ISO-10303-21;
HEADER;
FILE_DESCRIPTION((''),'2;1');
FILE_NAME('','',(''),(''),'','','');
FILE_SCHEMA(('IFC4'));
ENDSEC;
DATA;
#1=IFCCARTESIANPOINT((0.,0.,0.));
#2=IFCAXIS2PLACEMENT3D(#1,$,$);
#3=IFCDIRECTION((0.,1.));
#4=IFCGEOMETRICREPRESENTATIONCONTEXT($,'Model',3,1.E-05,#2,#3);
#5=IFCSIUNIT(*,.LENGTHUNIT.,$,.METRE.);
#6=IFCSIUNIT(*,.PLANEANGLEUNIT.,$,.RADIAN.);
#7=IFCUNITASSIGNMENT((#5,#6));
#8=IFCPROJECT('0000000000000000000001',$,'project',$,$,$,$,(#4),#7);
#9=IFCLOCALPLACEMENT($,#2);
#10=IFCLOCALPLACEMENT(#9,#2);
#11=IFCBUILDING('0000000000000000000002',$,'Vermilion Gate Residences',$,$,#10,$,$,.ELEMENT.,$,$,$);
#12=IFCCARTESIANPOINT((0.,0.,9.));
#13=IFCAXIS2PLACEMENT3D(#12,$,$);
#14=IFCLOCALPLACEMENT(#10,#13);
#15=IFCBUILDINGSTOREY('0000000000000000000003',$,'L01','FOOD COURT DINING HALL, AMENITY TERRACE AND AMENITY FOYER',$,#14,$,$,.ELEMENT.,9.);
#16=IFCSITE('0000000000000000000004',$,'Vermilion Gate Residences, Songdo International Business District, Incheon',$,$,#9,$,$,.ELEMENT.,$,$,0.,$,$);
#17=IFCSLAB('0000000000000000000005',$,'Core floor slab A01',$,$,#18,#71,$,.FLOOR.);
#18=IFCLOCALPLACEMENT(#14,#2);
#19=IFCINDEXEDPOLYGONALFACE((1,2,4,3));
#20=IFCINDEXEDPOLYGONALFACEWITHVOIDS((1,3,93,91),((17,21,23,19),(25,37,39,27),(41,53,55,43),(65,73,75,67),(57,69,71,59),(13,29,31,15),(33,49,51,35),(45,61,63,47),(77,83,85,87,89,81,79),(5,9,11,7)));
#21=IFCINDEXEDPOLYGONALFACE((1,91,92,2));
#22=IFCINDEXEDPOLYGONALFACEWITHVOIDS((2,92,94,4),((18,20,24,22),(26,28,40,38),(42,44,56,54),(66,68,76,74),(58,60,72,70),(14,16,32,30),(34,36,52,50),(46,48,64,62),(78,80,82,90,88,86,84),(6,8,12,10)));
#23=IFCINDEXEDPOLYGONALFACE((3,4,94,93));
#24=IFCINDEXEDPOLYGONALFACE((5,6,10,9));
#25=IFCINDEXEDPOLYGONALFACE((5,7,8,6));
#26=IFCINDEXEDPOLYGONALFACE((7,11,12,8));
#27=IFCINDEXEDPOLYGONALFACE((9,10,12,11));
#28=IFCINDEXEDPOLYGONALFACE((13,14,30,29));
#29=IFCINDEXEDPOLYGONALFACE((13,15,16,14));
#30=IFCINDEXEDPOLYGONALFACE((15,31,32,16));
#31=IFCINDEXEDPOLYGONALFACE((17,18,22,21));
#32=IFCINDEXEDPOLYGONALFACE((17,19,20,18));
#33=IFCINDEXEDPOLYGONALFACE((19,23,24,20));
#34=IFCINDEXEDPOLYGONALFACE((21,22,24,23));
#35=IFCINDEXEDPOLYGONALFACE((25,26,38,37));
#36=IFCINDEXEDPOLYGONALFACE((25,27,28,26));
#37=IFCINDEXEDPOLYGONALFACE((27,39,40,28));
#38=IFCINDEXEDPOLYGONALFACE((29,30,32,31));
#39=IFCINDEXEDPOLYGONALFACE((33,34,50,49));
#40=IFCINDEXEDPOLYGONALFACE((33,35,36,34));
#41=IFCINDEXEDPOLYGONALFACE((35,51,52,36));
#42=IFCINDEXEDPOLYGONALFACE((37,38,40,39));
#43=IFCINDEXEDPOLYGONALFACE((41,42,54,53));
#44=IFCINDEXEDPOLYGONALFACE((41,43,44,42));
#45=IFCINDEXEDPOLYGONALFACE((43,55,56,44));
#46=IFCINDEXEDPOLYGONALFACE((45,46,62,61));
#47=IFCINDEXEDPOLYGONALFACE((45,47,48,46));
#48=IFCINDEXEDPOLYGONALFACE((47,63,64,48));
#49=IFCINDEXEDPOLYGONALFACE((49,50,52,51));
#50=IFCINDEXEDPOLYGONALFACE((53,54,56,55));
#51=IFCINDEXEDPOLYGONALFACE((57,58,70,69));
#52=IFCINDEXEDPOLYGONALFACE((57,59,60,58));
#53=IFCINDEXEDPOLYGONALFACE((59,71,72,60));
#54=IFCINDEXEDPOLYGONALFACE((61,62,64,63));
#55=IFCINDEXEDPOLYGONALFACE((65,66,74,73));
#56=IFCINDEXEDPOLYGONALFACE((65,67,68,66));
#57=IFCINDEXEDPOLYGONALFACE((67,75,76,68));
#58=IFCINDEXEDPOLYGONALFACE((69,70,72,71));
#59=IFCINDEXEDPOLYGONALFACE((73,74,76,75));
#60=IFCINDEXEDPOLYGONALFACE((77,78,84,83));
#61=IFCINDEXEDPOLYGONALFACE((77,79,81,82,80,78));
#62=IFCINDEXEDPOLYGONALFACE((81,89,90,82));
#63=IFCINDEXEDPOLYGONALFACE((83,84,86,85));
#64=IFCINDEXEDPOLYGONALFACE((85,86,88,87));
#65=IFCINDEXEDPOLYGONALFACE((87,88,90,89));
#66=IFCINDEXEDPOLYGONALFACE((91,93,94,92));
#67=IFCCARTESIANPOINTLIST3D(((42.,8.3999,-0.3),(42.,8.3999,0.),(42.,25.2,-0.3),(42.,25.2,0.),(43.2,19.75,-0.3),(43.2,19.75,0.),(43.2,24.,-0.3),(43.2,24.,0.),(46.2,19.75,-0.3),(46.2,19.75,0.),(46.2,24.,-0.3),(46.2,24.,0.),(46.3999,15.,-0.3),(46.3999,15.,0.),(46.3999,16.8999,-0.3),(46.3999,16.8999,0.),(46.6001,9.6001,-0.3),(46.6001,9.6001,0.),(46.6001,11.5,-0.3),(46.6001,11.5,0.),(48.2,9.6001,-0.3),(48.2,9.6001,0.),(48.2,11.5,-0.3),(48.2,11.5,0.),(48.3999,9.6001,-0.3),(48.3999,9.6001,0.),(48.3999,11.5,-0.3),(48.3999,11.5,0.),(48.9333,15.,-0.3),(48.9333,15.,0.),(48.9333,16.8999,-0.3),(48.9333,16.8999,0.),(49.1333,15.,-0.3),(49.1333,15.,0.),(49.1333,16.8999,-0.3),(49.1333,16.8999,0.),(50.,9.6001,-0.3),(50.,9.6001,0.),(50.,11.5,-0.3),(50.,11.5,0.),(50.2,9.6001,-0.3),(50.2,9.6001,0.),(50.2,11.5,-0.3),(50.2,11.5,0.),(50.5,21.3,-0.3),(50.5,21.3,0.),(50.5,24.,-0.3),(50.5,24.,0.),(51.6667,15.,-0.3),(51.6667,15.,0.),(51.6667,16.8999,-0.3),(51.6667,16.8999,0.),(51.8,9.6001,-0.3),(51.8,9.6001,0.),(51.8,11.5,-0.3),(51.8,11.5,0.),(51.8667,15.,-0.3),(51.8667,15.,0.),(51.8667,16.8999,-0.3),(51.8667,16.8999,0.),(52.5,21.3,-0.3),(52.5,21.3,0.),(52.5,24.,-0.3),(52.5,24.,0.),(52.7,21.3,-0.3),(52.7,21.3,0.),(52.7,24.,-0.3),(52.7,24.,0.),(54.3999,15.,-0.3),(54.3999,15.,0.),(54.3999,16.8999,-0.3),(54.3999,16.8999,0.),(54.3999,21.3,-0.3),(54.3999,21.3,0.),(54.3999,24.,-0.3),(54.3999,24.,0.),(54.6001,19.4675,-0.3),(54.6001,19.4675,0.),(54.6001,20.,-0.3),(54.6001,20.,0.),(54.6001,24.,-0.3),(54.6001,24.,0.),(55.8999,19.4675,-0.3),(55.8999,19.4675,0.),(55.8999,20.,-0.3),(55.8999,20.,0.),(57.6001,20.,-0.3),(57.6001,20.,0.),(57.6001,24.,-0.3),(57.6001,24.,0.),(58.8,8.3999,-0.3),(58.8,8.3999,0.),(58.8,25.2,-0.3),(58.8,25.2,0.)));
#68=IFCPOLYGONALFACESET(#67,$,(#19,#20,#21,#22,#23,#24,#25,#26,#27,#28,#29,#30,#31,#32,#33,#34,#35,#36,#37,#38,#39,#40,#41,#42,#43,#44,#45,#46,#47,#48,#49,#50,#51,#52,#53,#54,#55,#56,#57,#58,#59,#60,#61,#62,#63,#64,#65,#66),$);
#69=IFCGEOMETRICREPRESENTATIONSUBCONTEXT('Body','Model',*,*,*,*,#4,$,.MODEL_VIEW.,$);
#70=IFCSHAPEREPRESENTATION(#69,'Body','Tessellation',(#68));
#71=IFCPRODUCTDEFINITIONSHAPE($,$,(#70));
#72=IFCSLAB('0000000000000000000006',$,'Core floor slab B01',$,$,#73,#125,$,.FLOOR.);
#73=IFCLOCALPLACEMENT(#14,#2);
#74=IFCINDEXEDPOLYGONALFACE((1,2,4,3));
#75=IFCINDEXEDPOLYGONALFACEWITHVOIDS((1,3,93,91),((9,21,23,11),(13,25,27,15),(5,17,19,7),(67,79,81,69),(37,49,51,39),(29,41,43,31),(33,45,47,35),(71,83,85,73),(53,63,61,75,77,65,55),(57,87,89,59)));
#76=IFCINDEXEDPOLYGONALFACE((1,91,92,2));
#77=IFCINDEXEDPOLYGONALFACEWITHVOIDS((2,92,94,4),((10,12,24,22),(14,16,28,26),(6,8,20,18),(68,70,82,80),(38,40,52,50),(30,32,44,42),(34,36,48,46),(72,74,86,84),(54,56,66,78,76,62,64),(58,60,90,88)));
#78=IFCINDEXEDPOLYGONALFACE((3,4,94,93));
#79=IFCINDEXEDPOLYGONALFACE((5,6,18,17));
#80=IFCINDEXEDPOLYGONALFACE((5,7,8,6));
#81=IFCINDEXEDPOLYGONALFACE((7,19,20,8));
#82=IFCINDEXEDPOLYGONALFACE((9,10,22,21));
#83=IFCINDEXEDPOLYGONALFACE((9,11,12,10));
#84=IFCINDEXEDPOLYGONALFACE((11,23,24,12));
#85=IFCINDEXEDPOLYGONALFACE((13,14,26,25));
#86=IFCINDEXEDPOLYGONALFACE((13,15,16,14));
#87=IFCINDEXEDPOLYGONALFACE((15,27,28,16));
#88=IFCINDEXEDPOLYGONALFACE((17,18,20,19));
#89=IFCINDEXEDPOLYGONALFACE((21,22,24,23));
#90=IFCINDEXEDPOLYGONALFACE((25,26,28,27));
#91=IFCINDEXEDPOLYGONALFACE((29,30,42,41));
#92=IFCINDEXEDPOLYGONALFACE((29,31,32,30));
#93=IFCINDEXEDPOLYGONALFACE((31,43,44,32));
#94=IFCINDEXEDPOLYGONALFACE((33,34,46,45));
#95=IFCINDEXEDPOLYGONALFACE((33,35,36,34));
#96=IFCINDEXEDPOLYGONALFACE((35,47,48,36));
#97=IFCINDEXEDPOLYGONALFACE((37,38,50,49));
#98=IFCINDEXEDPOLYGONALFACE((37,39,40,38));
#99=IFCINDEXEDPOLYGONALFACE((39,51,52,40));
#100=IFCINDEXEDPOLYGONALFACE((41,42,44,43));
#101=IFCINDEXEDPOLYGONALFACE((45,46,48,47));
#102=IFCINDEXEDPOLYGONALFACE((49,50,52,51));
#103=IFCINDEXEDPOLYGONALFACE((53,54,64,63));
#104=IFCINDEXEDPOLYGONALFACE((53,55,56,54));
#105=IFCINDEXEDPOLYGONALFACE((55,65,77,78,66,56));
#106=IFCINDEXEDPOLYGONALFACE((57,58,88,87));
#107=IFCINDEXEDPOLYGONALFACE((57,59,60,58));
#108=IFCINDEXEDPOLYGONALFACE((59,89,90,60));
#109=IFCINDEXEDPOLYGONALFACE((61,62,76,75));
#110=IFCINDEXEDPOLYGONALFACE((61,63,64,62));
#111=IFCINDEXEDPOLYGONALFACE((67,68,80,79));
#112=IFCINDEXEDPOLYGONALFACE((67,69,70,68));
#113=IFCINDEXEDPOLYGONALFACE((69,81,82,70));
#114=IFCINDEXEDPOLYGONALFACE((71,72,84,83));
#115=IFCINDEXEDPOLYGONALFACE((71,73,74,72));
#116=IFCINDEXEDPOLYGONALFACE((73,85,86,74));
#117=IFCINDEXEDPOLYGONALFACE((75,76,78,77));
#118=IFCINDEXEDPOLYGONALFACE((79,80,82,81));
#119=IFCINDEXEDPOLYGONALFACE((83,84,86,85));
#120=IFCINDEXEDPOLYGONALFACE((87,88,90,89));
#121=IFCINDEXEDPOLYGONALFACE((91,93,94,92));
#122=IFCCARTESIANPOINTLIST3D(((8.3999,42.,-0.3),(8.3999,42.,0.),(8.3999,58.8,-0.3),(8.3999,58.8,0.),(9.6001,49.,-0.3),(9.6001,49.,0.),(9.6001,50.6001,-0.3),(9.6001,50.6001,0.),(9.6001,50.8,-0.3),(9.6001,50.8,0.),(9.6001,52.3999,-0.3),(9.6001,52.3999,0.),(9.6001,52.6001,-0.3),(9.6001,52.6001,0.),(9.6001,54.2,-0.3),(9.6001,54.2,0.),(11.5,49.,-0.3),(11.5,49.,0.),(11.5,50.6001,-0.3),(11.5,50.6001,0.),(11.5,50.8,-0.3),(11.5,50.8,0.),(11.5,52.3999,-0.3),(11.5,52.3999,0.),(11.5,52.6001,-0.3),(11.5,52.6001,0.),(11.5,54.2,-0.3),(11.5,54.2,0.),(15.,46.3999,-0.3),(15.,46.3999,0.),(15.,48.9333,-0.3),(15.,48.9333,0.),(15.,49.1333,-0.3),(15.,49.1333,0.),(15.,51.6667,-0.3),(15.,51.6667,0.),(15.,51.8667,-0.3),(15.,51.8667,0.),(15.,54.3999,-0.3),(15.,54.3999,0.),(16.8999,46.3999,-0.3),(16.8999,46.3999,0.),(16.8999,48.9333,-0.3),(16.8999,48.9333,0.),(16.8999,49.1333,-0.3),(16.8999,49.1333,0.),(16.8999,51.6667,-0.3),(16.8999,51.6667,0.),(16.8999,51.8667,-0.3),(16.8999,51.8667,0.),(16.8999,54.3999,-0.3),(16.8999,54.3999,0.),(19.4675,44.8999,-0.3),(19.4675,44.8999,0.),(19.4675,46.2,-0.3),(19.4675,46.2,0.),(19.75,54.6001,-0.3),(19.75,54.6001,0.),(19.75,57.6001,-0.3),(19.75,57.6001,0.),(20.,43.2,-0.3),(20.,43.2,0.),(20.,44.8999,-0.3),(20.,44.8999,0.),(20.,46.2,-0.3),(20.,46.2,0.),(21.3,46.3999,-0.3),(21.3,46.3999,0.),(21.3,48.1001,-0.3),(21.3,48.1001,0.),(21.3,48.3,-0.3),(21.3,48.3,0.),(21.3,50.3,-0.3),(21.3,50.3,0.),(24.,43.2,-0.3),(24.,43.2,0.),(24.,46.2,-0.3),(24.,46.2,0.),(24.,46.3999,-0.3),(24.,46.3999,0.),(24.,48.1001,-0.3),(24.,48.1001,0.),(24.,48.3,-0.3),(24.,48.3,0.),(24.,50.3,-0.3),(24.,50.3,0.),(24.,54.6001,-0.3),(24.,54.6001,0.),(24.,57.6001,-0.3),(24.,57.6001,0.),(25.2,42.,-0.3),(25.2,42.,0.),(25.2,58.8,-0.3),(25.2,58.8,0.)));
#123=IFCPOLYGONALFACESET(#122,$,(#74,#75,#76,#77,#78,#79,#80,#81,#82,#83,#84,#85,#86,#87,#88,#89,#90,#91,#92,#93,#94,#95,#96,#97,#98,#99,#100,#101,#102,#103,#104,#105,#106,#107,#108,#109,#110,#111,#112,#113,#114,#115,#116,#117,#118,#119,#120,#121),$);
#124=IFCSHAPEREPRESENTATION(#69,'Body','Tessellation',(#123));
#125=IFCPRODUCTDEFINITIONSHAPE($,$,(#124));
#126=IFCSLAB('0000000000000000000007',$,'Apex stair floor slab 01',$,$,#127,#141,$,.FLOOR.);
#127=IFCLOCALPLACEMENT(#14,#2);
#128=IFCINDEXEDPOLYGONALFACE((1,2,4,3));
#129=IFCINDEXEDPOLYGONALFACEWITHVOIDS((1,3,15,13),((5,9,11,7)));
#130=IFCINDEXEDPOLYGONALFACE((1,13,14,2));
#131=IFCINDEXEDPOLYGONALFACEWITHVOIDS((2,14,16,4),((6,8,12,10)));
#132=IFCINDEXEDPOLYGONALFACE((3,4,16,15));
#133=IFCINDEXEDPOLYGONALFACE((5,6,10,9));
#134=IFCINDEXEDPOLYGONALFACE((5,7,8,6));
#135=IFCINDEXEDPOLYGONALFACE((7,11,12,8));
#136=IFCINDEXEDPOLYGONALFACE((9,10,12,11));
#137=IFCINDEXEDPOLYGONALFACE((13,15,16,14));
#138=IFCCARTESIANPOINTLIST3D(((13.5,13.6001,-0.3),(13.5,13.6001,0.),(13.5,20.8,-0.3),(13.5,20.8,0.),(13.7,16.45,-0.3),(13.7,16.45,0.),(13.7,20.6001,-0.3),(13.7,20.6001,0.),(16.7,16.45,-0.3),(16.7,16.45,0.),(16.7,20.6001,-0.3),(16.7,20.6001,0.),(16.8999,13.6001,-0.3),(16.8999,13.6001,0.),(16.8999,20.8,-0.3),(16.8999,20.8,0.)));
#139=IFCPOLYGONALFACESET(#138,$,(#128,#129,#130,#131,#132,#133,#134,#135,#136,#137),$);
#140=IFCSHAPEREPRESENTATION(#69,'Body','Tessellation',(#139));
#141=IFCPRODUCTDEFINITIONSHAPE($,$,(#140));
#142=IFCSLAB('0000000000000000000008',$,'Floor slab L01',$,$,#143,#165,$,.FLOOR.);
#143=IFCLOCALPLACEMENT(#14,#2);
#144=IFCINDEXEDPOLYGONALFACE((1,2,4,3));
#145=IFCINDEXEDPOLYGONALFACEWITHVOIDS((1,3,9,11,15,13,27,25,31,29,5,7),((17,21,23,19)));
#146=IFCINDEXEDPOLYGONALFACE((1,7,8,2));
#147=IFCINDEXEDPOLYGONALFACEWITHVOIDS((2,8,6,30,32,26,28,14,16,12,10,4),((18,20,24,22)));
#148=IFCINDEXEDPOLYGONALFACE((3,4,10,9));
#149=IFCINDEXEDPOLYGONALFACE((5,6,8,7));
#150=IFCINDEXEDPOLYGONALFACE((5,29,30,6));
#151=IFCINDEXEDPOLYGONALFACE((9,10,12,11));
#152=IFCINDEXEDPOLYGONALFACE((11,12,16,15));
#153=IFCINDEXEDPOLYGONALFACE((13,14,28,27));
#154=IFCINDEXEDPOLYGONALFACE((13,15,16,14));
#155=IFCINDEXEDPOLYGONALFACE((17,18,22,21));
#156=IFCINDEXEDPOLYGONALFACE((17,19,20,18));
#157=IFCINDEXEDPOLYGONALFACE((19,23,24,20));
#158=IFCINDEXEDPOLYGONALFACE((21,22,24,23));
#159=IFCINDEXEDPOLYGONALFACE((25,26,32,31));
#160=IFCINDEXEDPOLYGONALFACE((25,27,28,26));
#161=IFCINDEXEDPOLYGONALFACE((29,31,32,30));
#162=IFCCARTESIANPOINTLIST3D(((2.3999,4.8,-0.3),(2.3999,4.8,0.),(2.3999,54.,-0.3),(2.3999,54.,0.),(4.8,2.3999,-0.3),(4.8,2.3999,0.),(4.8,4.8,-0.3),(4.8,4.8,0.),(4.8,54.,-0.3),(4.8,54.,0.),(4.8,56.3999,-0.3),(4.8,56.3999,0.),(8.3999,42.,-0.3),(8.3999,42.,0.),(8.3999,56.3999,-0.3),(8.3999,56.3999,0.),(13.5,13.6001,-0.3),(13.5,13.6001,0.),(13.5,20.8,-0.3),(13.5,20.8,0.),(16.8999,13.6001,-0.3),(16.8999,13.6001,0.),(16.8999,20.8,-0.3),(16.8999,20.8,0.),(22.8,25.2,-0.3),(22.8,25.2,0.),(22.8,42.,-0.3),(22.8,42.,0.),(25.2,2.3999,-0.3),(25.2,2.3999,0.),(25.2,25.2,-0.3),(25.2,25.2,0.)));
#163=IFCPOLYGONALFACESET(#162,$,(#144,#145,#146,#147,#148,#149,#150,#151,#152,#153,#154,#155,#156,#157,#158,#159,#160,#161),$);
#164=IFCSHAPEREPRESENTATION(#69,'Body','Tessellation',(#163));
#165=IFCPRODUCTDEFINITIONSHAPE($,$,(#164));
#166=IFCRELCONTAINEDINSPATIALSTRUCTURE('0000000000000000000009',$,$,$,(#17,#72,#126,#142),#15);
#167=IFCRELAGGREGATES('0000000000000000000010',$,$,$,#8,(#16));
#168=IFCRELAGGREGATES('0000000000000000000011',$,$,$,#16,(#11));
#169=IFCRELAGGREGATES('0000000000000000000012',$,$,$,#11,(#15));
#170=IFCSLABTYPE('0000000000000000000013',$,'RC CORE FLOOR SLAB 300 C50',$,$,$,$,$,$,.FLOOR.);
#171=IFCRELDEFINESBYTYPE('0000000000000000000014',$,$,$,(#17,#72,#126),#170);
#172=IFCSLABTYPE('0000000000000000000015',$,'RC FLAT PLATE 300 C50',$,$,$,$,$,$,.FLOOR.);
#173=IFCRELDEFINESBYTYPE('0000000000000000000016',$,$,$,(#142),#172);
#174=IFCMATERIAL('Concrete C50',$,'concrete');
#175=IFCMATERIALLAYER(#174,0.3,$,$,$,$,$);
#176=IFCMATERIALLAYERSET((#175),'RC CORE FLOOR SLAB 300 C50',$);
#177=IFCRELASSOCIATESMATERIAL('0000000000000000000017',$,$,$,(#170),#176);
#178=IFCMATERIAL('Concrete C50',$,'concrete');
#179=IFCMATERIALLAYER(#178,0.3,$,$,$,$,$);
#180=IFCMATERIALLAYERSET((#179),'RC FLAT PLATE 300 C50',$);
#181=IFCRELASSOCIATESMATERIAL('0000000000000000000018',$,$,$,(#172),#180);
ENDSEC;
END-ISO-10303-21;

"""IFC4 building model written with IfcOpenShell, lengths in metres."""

from ifc_helpers import new_model, si_unit, direction, frame, origin, place, context, subcontext, project, spatial, polyline, outline, extrude, material, layer, layer_set, type_object, element, save


model = new_model("IFC4")

# Units and contexts
model_context = context("Model", 3, precision=1e-05, world=origin(), true_north=direction((0.0, 1.0)))
body_context = subcontext(model_context, "Body", "Model", "MODEL_VIEW")
ifc_project = project(units=[si_unit("LENGTHUNIT", "METRE"), si_unit("PLANEANGLEUNIT", "RADIAN")], contexts=[model_context])

# Site, building, storey
site_placement = place(None, origin())
site = spatial("IfcSite", under=ifc_project, at=site_placement, Name="Vermilion Gate Residences, Songdo International Business District, Incheon", CompositionType="ELEMENT", RefElevation=0.0)
building_placement = place(site_placement, origin())
building = spatial("IfcBuilding", under=site, at=building_placement, Name="Vermilion Gate Residences", CompositionType="ELEMENT")
storey_placement = place(building_placement, frame((0.0, 0.0, 9.0)))
storey = spatial("IfcBuildingStorey", under=building, at=storey_placement, Name="L01", Description="FOOD COURT DINING HALL, AMENITY TERRACE AND AMENITY FOYER", CompositionType="ELEMENT", Elevation=9.0)

# Slabs
ifc_material_1 = material(Name="Concrete C50", Category="concrete")
ifc_layer_1 = layer(ifc_material_1, 0.3)
ifc_layer_set_1 = layer_set([ifc_layer_1], Name="RC CORE FLOOR SLAB 300 C50")
slab_type_1 = type_object("IfcSlabType", Name="RC CORE FLOOR SLAB 300 C50", PredefinedType="FLOOR", material=ifc_layer_set_1)
slab_1_placement = place(storey_placement, frame((0.0, 0.0, -0.3)))
element("IfcSlab", 1, at=slab_1_placement, inside=storey, type_object=slab_type_1, Name="Core floor slab A01", PredefinedType="FLOOR", context=body_context, shape_type="SweptSolid", body=[
    extrude(outline(polyline([(42.0, 8.3999), (58.8, 8.3999), (58.8, 25.2), (42.0, 25.2), (42.0, 8.3999)]), holes=[polyline([(46.6001, 11.5), (48.2, 11.5), (48.2, 9.6001), (46.6001, 9.6001), (46.6001, 11.5)]), polyline([(48.3999, 11.5), (50.0, 11.5), (50.0, 9.6001), (48.3999, 9.6001), (48.3999, 11.5)]), polyline([(50.2, 11.5), (51.8, 11.5), (51.8, 9.6001), (50.2, 9.6001), (50.2, 11.5)]), polyline([(48.9333, 16.8999), (48.9333, 15.0), (46.3999, 15.0), (46.3999, 16.8999), (48.9333, 16.8999)]), polyline([(51.6667, 16.8999), (51.6667, 15.0), (49.1333, 15.0), (49.1333, 16.8999), (51.6667, 16.8999)]), polyline([(43.2, 24.0), (46.2, 24.0), (46.2, 19.75), (43.2, 19.75), (43.2, 24.0)]), polyline([(54.3999, 16.8999), (54.3999, 15.0), (51.8667, 15.0), (51.8667, 16.8999), (54.3999, 16.8999)]), polyline([(55.8999, 19.4675), (54.6001, 19.4675), (54.6001, 20.0), (54.6001, 24.0), (57.6001, 24.0), (57.6001, 20.0), (55.8999, 20.0), (55.8999, 19.4675)]), polyline([(52.5, 24.0), (52.5, 21.3), (50.5, 21.3), (50.5, 24.0), (52.5, 24.0)]), polyline([(54.3999, 24.0), (54.3999, 21.3), (52.7, 21.3), (52.7, 24.0), (54.3999, 24.0)])]), origin(), (0.0, 0.0, 1.0), 0.3),
])
slab_2_placement = place(storey_placement, frame((0.0, 0.0, -0.3)))
element("IfcSlab", 2, at=slab_2_placement, inside=storey, type_object=slab_type_1, Name="Core floor slab B01", PredefinedType="FLOOR", context=body_context, shape_type="SweptSolid", body=[
    extrude(outline(polyline([(8.3999, 42.0), (25.2, 42.0), (25.2, 58.8), (8.3999, 58.8), (8.3999, 42.0)]), holes=[polyline([(15.0, 48.9333), (16.8999, 48.9333), (16.8999, 46.3999), (15.0, 46.3999), (15.0, 48.9333)]), polyline([(9.6001, 50.6001), (11.5, 50.6001), (11.5, 49.0), (9.6001, 49.0), (9.6001, 50.6001)]), polyline([(15.0, 51.6667), (16.8999, 51.6667), (16.8999, 49.1333), (15.0, 49.1333), (15.0, 51.6667)]), polyline([(11.5, 52.3999), (11.5, 50.8), (9.6001, 50.8), (9.6001, 52.3999), (11.5, 52.3999)]), polyline([(16.8999, 54.3999), (16.8999, 51.8667), (15.0, 51.8667), (15.0, 54.3999), (16.8999, 54.3999)]), polyline([(9.6001, 54.2), (11.5, 54.2), (11.5, 52.6001), (9.6001, 52.6001), (9.6001, 54.2)]), polyline([(20.0, 43.2), (20.0, 44.8999), (19.4675, 44.8999), (19.4675, 46.2), (20.0, 46.2), (24.0, 46.2), (24.0, 43.2), (20.0, 43.2)]), polyline([(21.3, 48.1001), (24.0, 48.1001), (24.0, 46.3999), (21.3, 46.3999), (21.3, 48.1001)]), polyline([(24.0, 50.3), (24.0, 48.3), (21.3, 48.3), (21.3, 50.3), (24.0, 50.3)]), polyline([(24.0, 57.6001), (24.0, 54.6001), (19.75, 54.6001), (19.75, 57.6001), (24.0, 57.6001)])]), origin(), (0.0, 0.0, 1.0), 0.3),
])
slab_3_placement = place(storey_placement, frame((0.0, 0.0, -0.3)))
element("IfcSlab", 3, at=slab_3_placement, inside=storey, type_object=slab_type_1, Name="Apex stair floor slab 01", PredefinedType="FLOOR", context=body_context, shape_type="SweptSolid", body=[
    extrude(outline(polyline([(13.5, 13.6001), (16.8999, 13.6001), (16.8999, 20.8), (13.5, 20.8), (13.5, 13.6001)]), holes=[polyline([(16.7, 20.6001), (16.7, 16.45), (13.7, 16.45), (13.7, 20.6001), (16.7, 20.6001)])]), origin(), (0.0, 0.0, 1.0), 0.3),
])
ifc_material_2 = material(Name="Concrete C50", Category="concrete")
ifc_layer_2 = layer(ifc_material_2, 0.3)
ifc_layer_set_2 = layer_set([ifc_layer_2], Name="RC FLAT PLATE 300 C50")
slab_type_2 = type_object("IfcSlabType", Name="RC FLAT PLATE 300 C50", PredefinedType="FLOOR", material=ifc_layer_set_2)
slab_4_placement = place(storey_placement, frame((0.0, 0.0, -0.3)))
element("IfcSlab", 4, at=slab_4_placement, inside=storey, type_object=slab_type_2, Name="Floor slab L01", PredefinedType="FLOOR", context=body_context, shape_type="SweptSolid", body=[
    extrude(outline(polyline([(22.8, 25.2), (22.8, 42.0), (8.3999, 42.0), (8.3999, 56.3999), (4.8, 56.3999), (4.8, 54.0), (2.3999, 54.0), (2.3999, 4.8), (4.8, 4.8), (4.8, 2.3999), (25.2, 2.3999), (25.2, 25.2), (22.8, 25.2)]), holes=[polyline([(13.5, 13.6001), (13.5, 20.8), (16.8999, 20.8), (16.8999, 13.6001), (13.5, 13.6001)])]), origin(), (0.0, 0.0, 1.0), 0.3),
])

save(model, "model.ifc")
